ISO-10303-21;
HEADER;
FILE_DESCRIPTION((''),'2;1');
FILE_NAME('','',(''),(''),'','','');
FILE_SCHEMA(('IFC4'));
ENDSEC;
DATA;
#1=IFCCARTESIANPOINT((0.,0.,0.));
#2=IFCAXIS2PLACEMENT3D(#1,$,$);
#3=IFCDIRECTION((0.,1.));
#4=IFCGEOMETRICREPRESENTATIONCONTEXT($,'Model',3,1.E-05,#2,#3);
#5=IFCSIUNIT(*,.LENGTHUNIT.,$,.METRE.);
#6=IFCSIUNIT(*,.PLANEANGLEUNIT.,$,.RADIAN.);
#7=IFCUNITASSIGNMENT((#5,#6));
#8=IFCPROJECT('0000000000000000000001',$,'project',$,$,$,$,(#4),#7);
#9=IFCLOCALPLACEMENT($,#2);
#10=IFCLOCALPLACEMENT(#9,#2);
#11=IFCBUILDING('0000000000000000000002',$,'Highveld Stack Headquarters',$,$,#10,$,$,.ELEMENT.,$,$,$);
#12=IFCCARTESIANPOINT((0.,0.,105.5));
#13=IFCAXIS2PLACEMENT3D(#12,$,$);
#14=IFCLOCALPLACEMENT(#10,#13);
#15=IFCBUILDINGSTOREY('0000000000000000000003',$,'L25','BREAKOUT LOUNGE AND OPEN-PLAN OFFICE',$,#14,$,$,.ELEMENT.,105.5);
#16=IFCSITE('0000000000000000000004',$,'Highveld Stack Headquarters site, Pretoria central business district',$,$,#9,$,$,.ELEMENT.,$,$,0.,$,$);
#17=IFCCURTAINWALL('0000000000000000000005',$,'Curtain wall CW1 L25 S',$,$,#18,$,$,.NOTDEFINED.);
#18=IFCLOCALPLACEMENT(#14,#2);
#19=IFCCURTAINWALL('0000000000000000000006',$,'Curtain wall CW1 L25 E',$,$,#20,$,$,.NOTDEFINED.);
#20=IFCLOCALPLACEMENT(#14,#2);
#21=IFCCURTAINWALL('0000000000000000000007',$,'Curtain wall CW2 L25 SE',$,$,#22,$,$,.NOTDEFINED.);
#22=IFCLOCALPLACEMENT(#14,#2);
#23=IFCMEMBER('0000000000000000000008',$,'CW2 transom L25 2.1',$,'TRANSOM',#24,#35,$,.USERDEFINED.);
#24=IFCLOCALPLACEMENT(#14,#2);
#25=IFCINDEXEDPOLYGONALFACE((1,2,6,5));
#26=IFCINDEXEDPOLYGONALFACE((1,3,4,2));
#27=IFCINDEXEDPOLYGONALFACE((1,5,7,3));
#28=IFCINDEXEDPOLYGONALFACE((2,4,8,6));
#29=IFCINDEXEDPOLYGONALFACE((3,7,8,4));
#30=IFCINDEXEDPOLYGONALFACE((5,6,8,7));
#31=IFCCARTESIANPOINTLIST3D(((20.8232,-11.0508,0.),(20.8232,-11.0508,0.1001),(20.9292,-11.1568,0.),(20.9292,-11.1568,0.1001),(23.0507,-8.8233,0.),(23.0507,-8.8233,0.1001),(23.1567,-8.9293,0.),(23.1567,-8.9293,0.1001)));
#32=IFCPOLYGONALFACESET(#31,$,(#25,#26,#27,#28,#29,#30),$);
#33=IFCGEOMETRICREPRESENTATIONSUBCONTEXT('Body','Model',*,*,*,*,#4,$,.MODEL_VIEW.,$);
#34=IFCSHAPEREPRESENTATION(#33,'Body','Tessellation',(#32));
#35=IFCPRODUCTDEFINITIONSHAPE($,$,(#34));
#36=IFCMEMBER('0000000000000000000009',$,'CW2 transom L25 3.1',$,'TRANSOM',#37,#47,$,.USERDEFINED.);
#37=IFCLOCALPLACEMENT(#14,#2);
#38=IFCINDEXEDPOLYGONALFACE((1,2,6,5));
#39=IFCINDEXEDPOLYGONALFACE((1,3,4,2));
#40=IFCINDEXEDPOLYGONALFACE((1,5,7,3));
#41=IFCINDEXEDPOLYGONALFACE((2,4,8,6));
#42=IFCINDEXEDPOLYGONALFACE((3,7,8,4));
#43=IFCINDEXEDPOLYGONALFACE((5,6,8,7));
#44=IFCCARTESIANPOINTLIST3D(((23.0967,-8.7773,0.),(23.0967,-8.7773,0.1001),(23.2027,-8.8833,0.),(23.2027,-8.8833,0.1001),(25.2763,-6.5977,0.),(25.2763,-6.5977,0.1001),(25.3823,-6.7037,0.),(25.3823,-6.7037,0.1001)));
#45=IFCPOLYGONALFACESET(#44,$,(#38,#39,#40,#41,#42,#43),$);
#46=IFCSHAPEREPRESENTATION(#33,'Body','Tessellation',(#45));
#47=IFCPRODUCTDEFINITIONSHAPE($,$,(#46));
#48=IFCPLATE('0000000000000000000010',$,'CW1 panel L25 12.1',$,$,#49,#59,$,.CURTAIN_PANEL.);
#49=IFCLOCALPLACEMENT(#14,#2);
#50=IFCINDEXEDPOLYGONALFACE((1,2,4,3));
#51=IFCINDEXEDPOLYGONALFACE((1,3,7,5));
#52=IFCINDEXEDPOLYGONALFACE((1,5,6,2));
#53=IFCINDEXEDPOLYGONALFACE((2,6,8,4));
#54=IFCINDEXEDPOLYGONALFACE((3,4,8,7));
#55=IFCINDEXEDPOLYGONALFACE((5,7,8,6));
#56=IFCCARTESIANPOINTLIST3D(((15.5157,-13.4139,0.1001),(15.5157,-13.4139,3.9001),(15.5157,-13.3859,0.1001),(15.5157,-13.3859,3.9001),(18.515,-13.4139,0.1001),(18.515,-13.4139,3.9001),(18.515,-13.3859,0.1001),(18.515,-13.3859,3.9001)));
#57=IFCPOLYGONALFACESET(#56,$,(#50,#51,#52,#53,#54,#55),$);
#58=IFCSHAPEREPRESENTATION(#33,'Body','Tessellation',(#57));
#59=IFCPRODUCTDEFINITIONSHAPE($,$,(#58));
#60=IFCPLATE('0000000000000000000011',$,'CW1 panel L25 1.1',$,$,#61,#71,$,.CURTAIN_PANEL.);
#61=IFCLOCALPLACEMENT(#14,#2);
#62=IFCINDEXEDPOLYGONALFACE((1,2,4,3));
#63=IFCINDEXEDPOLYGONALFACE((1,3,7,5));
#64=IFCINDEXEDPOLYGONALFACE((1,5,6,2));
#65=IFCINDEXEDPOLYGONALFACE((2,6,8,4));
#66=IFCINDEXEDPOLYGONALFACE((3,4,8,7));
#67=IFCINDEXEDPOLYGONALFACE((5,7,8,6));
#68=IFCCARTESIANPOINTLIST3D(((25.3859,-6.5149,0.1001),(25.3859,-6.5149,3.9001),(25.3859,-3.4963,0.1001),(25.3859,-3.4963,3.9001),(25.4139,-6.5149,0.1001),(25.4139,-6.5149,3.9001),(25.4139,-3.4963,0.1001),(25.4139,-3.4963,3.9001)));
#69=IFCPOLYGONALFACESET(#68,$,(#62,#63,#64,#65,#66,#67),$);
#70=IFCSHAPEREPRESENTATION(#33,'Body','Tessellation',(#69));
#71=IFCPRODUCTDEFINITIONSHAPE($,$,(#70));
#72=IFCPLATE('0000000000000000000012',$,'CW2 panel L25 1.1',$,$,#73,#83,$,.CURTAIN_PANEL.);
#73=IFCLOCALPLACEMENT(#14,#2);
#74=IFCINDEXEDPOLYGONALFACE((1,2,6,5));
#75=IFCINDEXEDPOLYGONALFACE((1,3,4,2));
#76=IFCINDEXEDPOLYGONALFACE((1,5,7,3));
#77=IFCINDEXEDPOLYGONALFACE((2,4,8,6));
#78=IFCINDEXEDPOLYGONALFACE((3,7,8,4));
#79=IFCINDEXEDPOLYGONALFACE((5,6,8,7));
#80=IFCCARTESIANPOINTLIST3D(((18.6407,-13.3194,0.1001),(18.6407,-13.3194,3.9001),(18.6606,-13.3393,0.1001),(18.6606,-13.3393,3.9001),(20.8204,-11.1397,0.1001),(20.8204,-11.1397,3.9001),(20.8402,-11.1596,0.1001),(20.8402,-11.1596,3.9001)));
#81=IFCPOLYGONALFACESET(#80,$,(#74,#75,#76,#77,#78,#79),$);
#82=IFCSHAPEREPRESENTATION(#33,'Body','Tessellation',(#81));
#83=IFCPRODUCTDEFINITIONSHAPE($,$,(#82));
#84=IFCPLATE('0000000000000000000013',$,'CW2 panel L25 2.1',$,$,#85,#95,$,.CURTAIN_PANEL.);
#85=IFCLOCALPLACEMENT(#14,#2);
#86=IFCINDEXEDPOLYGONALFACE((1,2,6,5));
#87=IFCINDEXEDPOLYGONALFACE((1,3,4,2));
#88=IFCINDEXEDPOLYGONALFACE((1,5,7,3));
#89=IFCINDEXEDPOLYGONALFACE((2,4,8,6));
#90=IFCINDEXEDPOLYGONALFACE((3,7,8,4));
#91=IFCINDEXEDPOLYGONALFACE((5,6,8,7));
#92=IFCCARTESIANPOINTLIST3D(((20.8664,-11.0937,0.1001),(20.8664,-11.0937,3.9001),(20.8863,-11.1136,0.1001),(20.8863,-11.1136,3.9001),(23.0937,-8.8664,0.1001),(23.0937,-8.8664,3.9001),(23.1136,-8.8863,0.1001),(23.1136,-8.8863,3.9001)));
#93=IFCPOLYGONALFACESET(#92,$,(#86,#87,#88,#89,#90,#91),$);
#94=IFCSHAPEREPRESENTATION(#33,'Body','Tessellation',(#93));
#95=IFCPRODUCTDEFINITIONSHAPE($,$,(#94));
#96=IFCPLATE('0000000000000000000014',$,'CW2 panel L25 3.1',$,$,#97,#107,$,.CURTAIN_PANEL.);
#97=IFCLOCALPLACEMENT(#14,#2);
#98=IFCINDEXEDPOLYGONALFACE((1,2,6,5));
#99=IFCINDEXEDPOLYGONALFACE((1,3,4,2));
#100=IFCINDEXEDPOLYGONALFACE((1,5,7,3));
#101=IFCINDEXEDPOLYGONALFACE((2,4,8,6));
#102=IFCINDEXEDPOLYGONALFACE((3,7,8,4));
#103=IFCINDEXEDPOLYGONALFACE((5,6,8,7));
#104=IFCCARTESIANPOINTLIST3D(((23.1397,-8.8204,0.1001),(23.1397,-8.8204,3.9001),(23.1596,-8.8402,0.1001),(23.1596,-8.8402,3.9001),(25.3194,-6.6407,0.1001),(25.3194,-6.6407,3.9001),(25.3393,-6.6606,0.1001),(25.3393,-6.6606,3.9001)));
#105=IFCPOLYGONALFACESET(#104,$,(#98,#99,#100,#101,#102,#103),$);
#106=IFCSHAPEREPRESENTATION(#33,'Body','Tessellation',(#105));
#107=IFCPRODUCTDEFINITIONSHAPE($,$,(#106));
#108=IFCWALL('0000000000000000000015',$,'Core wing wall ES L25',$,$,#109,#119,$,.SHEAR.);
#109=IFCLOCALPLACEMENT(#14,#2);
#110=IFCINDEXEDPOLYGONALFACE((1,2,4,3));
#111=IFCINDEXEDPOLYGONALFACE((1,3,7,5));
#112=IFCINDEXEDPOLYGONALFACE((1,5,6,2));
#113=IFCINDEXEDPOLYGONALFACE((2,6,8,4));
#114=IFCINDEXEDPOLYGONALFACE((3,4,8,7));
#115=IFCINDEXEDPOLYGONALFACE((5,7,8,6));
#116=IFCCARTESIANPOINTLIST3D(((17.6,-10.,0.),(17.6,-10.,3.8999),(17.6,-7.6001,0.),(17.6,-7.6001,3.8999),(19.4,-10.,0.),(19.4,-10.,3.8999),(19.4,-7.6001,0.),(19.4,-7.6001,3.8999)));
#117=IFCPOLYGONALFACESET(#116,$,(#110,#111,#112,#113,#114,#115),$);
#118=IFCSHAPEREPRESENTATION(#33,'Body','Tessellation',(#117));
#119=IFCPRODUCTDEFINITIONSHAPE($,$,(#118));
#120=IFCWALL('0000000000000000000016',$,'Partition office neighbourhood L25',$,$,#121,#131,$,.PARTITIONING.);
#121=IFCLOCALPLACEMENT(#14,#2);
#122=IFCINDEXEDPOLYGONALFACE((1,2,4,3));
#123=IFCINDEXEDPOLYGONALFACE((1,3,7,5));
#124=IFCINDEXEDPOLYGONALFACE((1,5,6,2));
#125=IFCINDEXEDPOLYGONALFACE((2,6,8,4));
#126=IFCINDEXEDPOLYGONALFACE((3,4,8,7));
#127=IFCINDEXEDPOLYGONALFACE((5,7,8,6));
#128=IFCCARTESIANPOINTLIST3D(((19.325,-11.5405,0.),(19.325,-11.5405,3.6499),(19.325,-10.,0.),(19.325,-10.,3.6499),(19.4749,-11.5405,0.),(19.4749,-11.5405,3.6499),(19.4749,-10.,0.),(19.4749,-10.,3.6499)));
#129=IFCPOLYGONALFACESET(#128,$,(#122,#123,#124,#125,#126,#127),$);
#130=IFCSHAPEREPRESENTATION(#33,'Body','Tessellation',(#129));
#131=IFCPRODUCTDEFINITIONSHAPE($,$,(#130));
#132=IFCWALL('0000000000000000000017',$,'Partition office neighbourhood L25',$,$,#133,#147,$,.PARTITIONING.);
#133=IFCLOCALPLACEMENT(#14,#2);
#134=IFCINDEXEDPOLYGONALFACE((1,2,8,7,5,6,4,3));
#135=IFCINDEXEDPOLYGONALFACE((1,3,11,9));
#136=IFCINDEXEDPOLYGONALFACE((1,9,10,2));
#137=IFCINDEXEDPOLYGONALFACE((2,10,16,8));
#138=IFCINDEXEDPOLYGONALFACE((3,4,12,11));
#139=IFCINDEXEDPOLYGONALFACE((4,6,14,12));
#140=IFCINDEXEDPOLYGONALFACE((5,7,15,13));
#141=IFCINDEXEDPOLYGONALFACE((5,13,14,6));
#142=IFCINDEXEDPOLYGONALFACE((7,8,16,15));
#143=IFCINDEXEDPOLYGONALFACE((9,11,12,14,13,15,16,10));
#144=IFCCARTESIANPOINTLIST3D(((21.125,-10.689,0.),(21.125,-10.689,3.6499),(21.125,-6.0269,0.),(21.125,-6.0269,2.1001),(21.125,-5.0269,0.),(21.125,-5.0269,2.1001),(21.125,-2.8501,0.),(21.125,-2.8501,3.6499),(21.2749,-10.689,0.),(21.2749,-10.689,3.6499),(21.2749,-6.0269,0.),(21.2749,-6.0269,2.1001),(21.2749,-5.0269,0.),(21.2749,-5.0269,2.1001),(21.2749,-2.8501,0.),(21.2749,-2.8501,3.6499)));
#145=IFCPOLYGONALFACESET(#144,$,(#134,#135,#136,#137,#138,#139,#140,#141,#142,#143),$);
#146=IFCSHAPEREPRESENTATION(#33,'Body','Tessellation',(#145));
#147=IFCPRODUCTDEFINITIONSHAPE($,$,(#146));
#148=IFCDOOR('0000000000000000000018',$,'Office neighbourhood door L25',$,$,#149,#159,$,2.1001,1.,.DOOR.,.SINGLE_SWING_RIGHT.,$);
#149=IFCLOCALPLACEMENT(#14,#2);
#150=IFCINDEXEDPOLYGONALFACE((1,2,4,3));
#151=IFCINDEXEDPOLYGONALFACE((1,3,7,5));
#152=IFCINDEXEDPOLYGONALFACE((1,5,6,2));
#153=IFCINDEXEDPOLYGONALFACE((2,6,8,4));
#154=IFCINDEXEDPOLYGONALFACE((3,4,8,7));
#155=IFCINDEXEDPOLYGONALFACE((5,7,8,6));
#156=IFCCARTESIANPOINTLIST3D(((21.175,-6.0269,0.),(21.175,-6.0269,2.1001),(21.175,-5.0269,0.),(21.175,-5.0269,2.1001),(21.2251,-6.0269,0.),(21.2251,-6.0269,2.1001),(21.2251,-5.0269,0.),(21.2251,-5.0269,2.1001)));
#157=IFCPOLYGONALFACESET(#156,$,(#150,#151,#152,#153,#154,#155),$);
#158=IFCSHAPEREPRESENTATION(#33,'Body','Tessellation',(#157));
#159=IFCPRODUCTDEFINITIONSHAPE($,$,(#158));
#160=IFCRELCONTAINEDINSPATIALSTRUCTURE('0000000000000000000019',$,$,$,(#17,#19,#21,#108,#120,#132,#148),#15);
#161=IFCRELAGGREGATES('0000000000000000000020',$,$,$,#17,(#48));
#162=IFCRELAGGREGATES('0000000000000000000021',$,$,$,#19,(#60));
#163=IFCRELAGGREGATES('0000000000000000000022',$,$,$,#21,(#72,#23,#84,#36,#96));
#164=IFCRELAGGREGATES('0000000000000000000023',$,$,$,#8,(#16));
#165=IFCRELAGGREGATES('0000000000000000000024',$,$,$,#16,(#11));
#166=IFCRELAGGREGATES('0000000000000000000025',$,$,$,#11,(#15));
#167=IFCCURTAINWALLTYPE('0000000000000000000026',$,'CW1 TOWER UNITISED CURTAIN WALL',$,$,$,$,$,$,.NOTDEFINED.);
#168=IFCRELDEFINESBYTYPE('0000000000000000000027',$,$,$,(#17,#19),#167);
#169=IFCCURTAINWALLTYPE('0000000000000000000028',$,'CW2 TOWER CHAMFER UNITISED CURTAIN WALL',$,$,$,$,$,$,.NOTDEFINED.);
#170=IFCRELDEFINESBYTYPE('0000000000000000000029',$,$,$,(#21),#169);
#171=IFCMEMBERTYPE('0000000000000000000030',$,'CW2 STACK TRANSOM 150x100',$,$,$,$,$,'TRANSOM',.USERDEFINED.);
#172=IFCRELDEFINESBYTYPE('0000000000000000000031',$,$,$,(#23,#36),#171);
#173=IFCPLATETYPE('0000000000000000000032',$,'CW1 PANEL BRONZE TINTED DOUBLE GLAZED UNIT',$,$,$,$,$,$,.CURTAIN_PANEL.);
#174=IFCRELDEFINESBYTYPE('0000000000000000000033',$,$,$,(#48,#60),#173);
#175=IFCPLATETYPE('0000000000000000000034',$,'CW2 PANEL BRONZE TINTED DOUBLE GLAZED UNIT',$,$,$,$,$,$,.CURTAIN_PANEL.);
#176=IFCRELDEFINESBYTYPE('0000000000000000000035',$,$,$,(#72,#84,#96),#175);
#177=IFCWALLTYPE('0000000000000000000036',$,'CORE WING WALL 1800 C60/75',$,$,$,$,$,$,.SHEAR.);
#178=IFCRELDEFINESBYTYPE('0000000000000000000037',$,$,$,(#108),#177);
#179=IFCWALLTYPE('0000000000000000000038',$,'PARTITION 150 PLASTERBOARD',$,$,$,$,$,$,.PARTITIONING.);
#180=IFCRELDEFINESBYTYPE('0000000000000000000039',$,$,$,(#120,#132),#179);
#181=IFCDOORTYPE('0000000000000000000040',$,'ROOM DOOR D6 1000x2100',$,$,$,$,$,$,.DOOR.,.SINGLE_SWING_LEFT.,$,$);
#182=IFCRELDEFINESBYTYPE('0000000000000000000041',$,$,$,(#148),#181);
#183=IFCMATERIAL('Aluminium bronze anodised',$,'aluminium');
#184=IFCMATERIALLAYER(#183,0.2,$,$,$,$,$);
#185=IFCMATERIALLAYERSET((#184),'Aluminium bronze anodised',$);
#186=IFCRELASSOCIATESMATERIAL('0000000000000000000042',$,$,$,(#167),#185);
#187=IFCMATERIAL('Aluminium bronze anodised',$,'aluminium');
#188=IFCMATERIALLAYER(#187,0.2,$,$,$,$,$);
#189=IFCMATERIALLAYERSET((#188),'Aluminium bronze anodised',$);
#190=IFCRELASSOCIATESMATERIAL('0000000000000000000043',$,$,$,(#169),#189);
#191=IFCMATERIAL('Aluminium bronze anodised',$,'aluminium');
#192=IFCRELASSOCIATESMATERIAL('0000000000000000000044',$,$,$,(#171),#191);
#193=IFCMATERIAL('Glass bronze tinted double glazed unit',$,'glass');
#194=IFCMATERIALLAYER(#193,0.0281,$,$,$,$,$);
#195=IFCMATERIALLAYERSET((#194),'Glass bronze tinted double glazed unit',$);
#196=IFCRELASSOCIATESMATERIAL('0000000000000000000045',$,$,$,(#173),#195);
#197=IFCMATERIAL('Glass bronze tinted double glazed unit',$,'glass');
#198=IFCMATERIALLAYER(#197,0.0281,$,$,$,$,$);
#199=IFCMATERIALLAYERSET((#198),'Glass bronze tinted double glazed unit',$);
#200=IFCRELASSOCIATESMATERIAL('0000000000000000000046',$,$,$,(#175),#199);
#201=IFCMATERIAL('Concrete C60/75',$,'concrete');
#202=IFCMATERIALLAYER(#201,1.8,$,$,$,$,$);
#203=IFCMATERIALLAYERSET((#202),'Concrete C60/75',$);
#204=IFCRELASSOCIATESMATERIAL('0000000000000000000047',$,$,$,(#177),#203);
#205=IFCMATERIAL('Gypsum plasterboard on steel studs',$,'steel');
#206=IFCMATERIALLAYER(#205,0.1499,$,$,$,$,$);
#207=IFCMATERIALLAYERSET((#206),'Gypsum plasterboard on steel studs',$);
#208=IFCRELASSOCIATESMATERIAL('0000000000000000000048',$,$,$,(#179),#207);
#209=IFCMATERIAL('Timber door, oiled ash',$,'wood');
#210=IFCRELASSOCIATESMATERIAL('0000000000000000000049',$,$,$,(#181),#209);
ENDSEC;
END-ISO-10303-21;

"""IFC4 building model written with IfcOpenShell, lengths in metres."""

from ifc_helpers import new_model, si_unit, direction, frame, frame_2d, origin, origin_2d, place, context, subcontext, project, spatial, rectangle, extrude, material, layer, layer_set, material_profile, profile_set, type_object, element, fill, aggregate, save


model = new_model("IFC4")

# Units and contexts
model_context = context("Model", 3, precision=1e-05, world=origin(), true_north=direction((0.0, 1.0)))
body_context = subcontext(model_context, "Body", "Model", "MODEL_VIEW")
ifc_project = project(units=[si_unit("LENGTHUNIT", "METRE"), si_unit("PLANEANGLEUNIT", "RADIAN")], contexts=[model_context])

# Site, building, storey
site_placement = place(None, origin())
site = spatial("IfcSite", under=ifc_project, at=site_placement, Name="Highveld Stack Headquarters site, Pretoria central business district", CompositionType="ELEMENT", RefElevation=0.0)
building_placement = place(site_placement, origin())
building = spatial("IfcBuilding", under=site, at=building_placement, Name="Highveld Stack Headquarters", CompositionType="ELEMENT")
storey_placement = place(building_placement, frame((0.0, 0.0, 105.5)))
storey = spatial("IfcBuildingStorey", under=building, at=storey_placement, Name="L25", Description="BREAKOUT LOUNGE AND OPEN-PLAN OFFICE", CompositionType="ELEMENT", Elevation=105.5)

# Curtain walls
ifc_material_1 = material(Name="Aluminium bronze anodised", Category="aluminium")
ifc_layer_1 = layer(ifc_material_1, 0.2)
ifc_layer_set_1 = layer_set([ifc_layer_1], Name="Aluminium bronze anodised")
curtain_wall_type_1 = type_object("IfcCurtainWallType", Name="CW1 TOWER UNITISED CURTAIN WALL", PredefinedType="NOTDEFINED", material=ifc_layer_set_1)
curtain_wall_1_placement = place(storey_placement, origin())
curtain_wall_1 = element("IfcCurtainWall", 1, at=curtain_wall_1_placement, inside=storey, type_object=curtain_wall_type_1, Name="Curtain wall CW1 L25 S", PredefinedType="NOTDEFINED")
curtain_wall_2_placement = place(storey_placement, origin())
curtain_wall_2 = element("IfcCurtainWall", 2, at=curtain_wall_2_placement, inside=storey, type_object=curtain_wall_type_1, Name="Curtain wall CW1 L25 E", PredefinedType="NOTDEFINED")

# Curtain wall, members
ifc_material_2 = material(Name="Aluminium bronze anodised", Category="aluminium")
ifc_layer_2 = layer(ifc_material_2, 0.2)
ifc_layer_set_2 = layer_set([ifc_layer_2], Name="Aluminium bronze anodised")
curtain_wall_type_2 = type_object("IfcCurtainWallType", Name="CW2 TOWER CHAMFER UNITISED CURTAIN WALL", PredefinedType="NOTDEFINED", material=ifc_layer_set_2)
curtain_wall_3_placement = place(storey_placement, origin())
curtain_wall_3 = element("IfcCurtainWall", 3, at=curtain_wall_3_placement, inside=storey, type_object=curtain_wall_type_2, Name="Curtain wall CW2 L25 SE", PredefinedType="NOTDEFINED")
ifc_material_3 = material(Name="Aluminium bronze anodised", Category="aluminium")
ifc_material_profile_1 = material_profile(ifc_material_3, rectangle(XDim=0.1499, YDim=0.1001, at=origin_2d()), Name="CW2 TRANSOM 150x100")
ifc_profile_set_1 = profile_set([ifc_material_profile_1], Name="Aluminium bronze anodised")
member_type_1 = type_object("IfcMemberType", Name="CW2 STACK TRANSOM 150x100", ElementType="TRANSOM", PredefinedType="USERDEFINED", material=ifc_profile_set_1)
member_1_placement = place(storey_placement, frame((20.8762, -11.1038, 0.05), z_axis=(0.707107, 0.707107, 0.0), x_axis=(-0.707107, 0.707107, 0.0)))
member_1 = element("IfcMember", 4, at=member_1_placement, type_object=member_type_1, Name="CW2 transom L25 2.1", ObjectType="TRANSOM", PredefinedType="USERDEFINED", context=body_context, shape_type="SweptSolid", body=[
    extrude(rectangle(XDim=0.1499, YDim=0.1001, at=origin_2d()), origin(), (0.0, 0.0, 1.0), 3.1501),
])
member_2_placement = place(storey_placement, frame((23.1497, -8.8303, 0.05), z_axis=(0.707107, 0.707107, 0.0), x_axis=(-0.707107, 0.707107, 0.0)))
member_2 = element("IfcMember", 5, at=member_2_placement, type_object=member_type_1, Name="CW2 transom L25 3.1", ObjectType="TRANSOM", PredefinedType="USERDEFINED", context=body_context, shape_type="SweptSolid", body=[
    extrude(rectangle(XDim=0.1499, YDim=0.1001, at=origin_2d()), origin(), (0.0, 0.0, 1.0), 3.0825),
])

# Plates
ifc_material_4 = material(Name="Glass bronze tinted double glazed unit", Category="glass")
ifc_layer_3 = layer(ifc_material_4, 0.0281)
ifc_layer_set_3 = layer_set([ifc_layer_3], Name="Glass bronze tinted double glazed unit")
plate_type_1 = type_object("IfcPlateType", Name="CW1 PANEL BRONZE TINTED DOUBLE GLAZED UNIT", PredefinedType="CURTAIN_PANEL", material=ifc_layer_set_3)
plate_1_placement = place(storey_placement, frame((17.0154, -13.3999, 0.1001), z_axis=(0.0, 0.0, 1.0), x_axis=(1.0, 0.0, 0.0)))
plate_1 = element("IfcPlate", 6, at=plate_1_placement, type_object=plate_type_1, Name="CW1 panel L25 12.1", PredefinedType="CURTAIN_PANEL", context=body_context, shape_type="SweptSolid", body=[
    extrude(rectangle(XDim=2.9993, YDim=0.0281, at=origin_2d()), origin(), (0.0, 0.0, 1.0), 3.8),
])
aggregate(curtain_wall_1, [plate_1])
plate_2_placement = place(storey_placement, frame((25.3999, -5.0056, 0.1001), z_axis=(0.0, 0.0, 1.0), x_axis=(0.0, 1.0, 0.0)))
plate_2 = element("IfcPlate", 7, at=plate_2_placement, type_object=plate_type_1, Name="CW1 panel L25 1.1", PredefinedType="CURTAIN_PANEL", context=body_context, shape_type="SweptSolid", body=[
    extrude(rectangle(XDim=3.0186, YDim=0.0281, at=origin_2d()), origin(), (0.0, 0.0, 1.0), 3.8),
])
aggregate(curtain_wall_2, [plate_2])
ifc_material_5 = material(Name="Glass bronze tinted double glazed unit", Category="glass")
ifc_layer_4 = layer(ifc_material_5, 0.0281)
ifc_layer_set_4 = layer_set([ifc_layer_4], Name="Glass bronze tinted double glazed unit")
plate_type_2 = type_object("IfcPlateType", Name="CW2 PANEL BRONZE TINTED DOUBLE GLAZED UNIT", PredefinedType="CURTAIN_PANEL", material=ifc_layer_set_4)
plate_3_placement = place(storey_placement, frame((19.7405, -12.2395, 0.1001), z_axis=(0.0, 0.0, 1.0), x_axis=(0.707107, 0.707107, 0.0)))
plate_3 = element("IfcPlate", 8, at=plate_3_placement, type_object=plate_type_2, Name="CW2 panel L25 1.1", PredefinedType="CURTAIN_PANEL", context=body_context, shape_type="SweptSolid", body=[
    extrude(rectangle(XDim=3.0825, YDim=0.0281, at=origin_2d()), origin(), (0.0, 0.0, 1.0), 3.8),
])
plate_4_placement = place(storey_placement, frame((21.99, -9.99, 0.1001), z_axis=(0.0, 0.0, 1.0), x_axis=(0.707107, 0.707107, 0.0)))
plate_4 = element("IfcPlate", 9, at=plate_4_placement, type_object=plate_type_2, Name="CW2 panel L25 2.1", PredefinedType="CURTAIN_PANEL", context=body_context, shape_type="SweptSolid", body=[
    extrude(rectangle(XDim=3.1499, YDim=0.0281, at=origin_2d()), origin(), (0.0, 0.0, 1.0), 3.8),
])
plate_5_placement = place(storey_placement, frame((24.2395, -7.7405, 0.1001), z_axis=(0.0, 0.0, 1.0), x_axis=(0.707107, 0.707107, 0.0)))
plate_5 = element("IfcPlate", 10, at=plate_5_placement, type_object=plate_type_2, Name="CW2 panel L25 3.1", PredefinedType="CURTAIN_PANEL", context=body_context, shape_type="SweptSolid", body=[
    extrude(rectangle(XDim=3.0825, YDim=0.0281, at=origin_2d()), origin(), (0.0, 0.0, 1.0), 3.8),
])
aggregate(curtain_wall_3, [plate_3, member_1, plate_4, member_2, plate_5])

# Walls
ifc_material_6 = material(Name="Concrete C60/75", Category="concrete")
ifc_layer_5 = layer(ifc_material_6, 1.8)
ifc_layer_set_5 = layer_set([ifc_layer_5], Name="Concrete C60/75")
wall_type_1 = type_object("IfcWallType", Name="CORE WING WALL 1800 C60/75", PredefinedType="SHEAR", material=ifc_layer_set_5)
wall_1_placement = place(storey_placement, frame((18.5, -10.0, 0.0), z_axis=(0.0, 0.0, 1.0), x_axis=(0.0, 1.0, 0.0)))
element("IfcWall", 11, at=wall_1_placement, inside=storey, type_object=wall_type_1, Name="Core wing wall ES L25", PredefinedType="SHEAR", context=body_context, shape_type="SweptSolid", body=[
    extrude(rectangle(XDim=2.3999, YDim=1.8, at=frame_2d((1.2, 0.0))), origin(), (0.0, 0.0, 1.0), 3.8999),
])
ifc_material_7 = material(Name="Gypsum plasterboard on steel studs", Category="steel")
ifc_layer_6 = layer(ifc_material_7, 0.1499)
ifc_layer_set_6 = layer_set([ifc_layer_6], Name="Gypsum plasterboard on steel studs")
wall_type_2 = type_object("IfcWallType", Name="PARTITION 150 PLASTERBOARD", PredefinedType="PARTITIONING", material=ifc_layer_set_6)
wall_2_placement = place(storey_placement, frame((19.3999, -11.5405, 0.0), z_axis=(0.0, 0.0, 1.0), x_axis=(0.0, 1.0, 0.0)))
element("IfcWall", 12, at=wall_2_placement, inside=storey, type_object=wall_type_2, Name="Partition office neighbourhood L25", PredefinedType="PARTITIONING", context=body_context, shape_type="SweptSolid", body=[
    extrude(rectangle(XDim=1.5405, YDim=0.1499, at=frame_2d((0.7703, 0.0))), origin(), (0.0, 0.0, 1.0), 3.6499),
])

# Wall, opening, door
wall_3_placement = place(storey_placement, frame((21.2, -10.689, 0.0), z_axis=(0.0, 0.0, 1.0), x_axis=(0.0, 1.0, 0.0)))
wall_3 = element("IfcWall", 13, at=wall_3_placement, inside=storey, type_object=wall_type_2, Name="Partition office neighbourhood L25", PredefinedType="PARTITIONING", context=body_context, shape_type="SweptSolid", body=[
    extrude(rectangle(XDim=7.8389, YDim=0.1499, at=frame_2d((3.9194, 0.0))), origin(), (0.0, 0.0, 1.0), 3.6499),
])
opening_1_placement = place(wall_3_placement, frame((4.6621, 0.0, 0.0)))
opening_1 = element("IfcOpeningElement", 14, at=opening_1_placement, cuts=wall_3, PredefinedType="OPENING", context=body_context, shape_type="SweptSolid", body=[
    extrude(rectangle(XDim=1.0, YDim=2.1001, at=frame_2d((0.5, 1.05))), frame((0.0, 0.085, 0.0), z_axis=(0.0, -1.0, 0.0), x_axis=(1.0, 0.0, 0.0)), (0.0, 0.0, 1.0), 0.1699),
])
ifc_material_8 = material(Name="Timber door, oiled ash", Category="wood")
door_type_1 = type_object("IfcDoorType", Name="ROOM DOOR D6 1000x2100", OperationType="SINGLE_SWING_LEFT", PredefinedType="DOOR", material=ifc_material_8)
door_1_placement = place(opening_1_placement, origin())
door_1 = element("IfcDoor", 15, at=door_1_placement, inside=storey, type_object=door_type_1, Name="Office neighbourhood door L25", OperationType="SINGLE_SWING_RIGHT", OverallHeight=2.1001, OverallWidth=1.0, PredefinedType="DOOR", context=body_context, shape_type="SweptSolid", body=[
    extrude(rectangle(XDim=1.0, YDim=2.1001, at=frame_2d((0.5, 1.05))), frame((0.0, 0.0249, 0.0), z_axis=(0.0, -1.0, 0.0), x_axis=(1.0, 0.0, 0.0)), (0.0, 0.0, 1.0), 0.05),
])
fill(opening_1, door_1)

save(model, "model.ifc")
